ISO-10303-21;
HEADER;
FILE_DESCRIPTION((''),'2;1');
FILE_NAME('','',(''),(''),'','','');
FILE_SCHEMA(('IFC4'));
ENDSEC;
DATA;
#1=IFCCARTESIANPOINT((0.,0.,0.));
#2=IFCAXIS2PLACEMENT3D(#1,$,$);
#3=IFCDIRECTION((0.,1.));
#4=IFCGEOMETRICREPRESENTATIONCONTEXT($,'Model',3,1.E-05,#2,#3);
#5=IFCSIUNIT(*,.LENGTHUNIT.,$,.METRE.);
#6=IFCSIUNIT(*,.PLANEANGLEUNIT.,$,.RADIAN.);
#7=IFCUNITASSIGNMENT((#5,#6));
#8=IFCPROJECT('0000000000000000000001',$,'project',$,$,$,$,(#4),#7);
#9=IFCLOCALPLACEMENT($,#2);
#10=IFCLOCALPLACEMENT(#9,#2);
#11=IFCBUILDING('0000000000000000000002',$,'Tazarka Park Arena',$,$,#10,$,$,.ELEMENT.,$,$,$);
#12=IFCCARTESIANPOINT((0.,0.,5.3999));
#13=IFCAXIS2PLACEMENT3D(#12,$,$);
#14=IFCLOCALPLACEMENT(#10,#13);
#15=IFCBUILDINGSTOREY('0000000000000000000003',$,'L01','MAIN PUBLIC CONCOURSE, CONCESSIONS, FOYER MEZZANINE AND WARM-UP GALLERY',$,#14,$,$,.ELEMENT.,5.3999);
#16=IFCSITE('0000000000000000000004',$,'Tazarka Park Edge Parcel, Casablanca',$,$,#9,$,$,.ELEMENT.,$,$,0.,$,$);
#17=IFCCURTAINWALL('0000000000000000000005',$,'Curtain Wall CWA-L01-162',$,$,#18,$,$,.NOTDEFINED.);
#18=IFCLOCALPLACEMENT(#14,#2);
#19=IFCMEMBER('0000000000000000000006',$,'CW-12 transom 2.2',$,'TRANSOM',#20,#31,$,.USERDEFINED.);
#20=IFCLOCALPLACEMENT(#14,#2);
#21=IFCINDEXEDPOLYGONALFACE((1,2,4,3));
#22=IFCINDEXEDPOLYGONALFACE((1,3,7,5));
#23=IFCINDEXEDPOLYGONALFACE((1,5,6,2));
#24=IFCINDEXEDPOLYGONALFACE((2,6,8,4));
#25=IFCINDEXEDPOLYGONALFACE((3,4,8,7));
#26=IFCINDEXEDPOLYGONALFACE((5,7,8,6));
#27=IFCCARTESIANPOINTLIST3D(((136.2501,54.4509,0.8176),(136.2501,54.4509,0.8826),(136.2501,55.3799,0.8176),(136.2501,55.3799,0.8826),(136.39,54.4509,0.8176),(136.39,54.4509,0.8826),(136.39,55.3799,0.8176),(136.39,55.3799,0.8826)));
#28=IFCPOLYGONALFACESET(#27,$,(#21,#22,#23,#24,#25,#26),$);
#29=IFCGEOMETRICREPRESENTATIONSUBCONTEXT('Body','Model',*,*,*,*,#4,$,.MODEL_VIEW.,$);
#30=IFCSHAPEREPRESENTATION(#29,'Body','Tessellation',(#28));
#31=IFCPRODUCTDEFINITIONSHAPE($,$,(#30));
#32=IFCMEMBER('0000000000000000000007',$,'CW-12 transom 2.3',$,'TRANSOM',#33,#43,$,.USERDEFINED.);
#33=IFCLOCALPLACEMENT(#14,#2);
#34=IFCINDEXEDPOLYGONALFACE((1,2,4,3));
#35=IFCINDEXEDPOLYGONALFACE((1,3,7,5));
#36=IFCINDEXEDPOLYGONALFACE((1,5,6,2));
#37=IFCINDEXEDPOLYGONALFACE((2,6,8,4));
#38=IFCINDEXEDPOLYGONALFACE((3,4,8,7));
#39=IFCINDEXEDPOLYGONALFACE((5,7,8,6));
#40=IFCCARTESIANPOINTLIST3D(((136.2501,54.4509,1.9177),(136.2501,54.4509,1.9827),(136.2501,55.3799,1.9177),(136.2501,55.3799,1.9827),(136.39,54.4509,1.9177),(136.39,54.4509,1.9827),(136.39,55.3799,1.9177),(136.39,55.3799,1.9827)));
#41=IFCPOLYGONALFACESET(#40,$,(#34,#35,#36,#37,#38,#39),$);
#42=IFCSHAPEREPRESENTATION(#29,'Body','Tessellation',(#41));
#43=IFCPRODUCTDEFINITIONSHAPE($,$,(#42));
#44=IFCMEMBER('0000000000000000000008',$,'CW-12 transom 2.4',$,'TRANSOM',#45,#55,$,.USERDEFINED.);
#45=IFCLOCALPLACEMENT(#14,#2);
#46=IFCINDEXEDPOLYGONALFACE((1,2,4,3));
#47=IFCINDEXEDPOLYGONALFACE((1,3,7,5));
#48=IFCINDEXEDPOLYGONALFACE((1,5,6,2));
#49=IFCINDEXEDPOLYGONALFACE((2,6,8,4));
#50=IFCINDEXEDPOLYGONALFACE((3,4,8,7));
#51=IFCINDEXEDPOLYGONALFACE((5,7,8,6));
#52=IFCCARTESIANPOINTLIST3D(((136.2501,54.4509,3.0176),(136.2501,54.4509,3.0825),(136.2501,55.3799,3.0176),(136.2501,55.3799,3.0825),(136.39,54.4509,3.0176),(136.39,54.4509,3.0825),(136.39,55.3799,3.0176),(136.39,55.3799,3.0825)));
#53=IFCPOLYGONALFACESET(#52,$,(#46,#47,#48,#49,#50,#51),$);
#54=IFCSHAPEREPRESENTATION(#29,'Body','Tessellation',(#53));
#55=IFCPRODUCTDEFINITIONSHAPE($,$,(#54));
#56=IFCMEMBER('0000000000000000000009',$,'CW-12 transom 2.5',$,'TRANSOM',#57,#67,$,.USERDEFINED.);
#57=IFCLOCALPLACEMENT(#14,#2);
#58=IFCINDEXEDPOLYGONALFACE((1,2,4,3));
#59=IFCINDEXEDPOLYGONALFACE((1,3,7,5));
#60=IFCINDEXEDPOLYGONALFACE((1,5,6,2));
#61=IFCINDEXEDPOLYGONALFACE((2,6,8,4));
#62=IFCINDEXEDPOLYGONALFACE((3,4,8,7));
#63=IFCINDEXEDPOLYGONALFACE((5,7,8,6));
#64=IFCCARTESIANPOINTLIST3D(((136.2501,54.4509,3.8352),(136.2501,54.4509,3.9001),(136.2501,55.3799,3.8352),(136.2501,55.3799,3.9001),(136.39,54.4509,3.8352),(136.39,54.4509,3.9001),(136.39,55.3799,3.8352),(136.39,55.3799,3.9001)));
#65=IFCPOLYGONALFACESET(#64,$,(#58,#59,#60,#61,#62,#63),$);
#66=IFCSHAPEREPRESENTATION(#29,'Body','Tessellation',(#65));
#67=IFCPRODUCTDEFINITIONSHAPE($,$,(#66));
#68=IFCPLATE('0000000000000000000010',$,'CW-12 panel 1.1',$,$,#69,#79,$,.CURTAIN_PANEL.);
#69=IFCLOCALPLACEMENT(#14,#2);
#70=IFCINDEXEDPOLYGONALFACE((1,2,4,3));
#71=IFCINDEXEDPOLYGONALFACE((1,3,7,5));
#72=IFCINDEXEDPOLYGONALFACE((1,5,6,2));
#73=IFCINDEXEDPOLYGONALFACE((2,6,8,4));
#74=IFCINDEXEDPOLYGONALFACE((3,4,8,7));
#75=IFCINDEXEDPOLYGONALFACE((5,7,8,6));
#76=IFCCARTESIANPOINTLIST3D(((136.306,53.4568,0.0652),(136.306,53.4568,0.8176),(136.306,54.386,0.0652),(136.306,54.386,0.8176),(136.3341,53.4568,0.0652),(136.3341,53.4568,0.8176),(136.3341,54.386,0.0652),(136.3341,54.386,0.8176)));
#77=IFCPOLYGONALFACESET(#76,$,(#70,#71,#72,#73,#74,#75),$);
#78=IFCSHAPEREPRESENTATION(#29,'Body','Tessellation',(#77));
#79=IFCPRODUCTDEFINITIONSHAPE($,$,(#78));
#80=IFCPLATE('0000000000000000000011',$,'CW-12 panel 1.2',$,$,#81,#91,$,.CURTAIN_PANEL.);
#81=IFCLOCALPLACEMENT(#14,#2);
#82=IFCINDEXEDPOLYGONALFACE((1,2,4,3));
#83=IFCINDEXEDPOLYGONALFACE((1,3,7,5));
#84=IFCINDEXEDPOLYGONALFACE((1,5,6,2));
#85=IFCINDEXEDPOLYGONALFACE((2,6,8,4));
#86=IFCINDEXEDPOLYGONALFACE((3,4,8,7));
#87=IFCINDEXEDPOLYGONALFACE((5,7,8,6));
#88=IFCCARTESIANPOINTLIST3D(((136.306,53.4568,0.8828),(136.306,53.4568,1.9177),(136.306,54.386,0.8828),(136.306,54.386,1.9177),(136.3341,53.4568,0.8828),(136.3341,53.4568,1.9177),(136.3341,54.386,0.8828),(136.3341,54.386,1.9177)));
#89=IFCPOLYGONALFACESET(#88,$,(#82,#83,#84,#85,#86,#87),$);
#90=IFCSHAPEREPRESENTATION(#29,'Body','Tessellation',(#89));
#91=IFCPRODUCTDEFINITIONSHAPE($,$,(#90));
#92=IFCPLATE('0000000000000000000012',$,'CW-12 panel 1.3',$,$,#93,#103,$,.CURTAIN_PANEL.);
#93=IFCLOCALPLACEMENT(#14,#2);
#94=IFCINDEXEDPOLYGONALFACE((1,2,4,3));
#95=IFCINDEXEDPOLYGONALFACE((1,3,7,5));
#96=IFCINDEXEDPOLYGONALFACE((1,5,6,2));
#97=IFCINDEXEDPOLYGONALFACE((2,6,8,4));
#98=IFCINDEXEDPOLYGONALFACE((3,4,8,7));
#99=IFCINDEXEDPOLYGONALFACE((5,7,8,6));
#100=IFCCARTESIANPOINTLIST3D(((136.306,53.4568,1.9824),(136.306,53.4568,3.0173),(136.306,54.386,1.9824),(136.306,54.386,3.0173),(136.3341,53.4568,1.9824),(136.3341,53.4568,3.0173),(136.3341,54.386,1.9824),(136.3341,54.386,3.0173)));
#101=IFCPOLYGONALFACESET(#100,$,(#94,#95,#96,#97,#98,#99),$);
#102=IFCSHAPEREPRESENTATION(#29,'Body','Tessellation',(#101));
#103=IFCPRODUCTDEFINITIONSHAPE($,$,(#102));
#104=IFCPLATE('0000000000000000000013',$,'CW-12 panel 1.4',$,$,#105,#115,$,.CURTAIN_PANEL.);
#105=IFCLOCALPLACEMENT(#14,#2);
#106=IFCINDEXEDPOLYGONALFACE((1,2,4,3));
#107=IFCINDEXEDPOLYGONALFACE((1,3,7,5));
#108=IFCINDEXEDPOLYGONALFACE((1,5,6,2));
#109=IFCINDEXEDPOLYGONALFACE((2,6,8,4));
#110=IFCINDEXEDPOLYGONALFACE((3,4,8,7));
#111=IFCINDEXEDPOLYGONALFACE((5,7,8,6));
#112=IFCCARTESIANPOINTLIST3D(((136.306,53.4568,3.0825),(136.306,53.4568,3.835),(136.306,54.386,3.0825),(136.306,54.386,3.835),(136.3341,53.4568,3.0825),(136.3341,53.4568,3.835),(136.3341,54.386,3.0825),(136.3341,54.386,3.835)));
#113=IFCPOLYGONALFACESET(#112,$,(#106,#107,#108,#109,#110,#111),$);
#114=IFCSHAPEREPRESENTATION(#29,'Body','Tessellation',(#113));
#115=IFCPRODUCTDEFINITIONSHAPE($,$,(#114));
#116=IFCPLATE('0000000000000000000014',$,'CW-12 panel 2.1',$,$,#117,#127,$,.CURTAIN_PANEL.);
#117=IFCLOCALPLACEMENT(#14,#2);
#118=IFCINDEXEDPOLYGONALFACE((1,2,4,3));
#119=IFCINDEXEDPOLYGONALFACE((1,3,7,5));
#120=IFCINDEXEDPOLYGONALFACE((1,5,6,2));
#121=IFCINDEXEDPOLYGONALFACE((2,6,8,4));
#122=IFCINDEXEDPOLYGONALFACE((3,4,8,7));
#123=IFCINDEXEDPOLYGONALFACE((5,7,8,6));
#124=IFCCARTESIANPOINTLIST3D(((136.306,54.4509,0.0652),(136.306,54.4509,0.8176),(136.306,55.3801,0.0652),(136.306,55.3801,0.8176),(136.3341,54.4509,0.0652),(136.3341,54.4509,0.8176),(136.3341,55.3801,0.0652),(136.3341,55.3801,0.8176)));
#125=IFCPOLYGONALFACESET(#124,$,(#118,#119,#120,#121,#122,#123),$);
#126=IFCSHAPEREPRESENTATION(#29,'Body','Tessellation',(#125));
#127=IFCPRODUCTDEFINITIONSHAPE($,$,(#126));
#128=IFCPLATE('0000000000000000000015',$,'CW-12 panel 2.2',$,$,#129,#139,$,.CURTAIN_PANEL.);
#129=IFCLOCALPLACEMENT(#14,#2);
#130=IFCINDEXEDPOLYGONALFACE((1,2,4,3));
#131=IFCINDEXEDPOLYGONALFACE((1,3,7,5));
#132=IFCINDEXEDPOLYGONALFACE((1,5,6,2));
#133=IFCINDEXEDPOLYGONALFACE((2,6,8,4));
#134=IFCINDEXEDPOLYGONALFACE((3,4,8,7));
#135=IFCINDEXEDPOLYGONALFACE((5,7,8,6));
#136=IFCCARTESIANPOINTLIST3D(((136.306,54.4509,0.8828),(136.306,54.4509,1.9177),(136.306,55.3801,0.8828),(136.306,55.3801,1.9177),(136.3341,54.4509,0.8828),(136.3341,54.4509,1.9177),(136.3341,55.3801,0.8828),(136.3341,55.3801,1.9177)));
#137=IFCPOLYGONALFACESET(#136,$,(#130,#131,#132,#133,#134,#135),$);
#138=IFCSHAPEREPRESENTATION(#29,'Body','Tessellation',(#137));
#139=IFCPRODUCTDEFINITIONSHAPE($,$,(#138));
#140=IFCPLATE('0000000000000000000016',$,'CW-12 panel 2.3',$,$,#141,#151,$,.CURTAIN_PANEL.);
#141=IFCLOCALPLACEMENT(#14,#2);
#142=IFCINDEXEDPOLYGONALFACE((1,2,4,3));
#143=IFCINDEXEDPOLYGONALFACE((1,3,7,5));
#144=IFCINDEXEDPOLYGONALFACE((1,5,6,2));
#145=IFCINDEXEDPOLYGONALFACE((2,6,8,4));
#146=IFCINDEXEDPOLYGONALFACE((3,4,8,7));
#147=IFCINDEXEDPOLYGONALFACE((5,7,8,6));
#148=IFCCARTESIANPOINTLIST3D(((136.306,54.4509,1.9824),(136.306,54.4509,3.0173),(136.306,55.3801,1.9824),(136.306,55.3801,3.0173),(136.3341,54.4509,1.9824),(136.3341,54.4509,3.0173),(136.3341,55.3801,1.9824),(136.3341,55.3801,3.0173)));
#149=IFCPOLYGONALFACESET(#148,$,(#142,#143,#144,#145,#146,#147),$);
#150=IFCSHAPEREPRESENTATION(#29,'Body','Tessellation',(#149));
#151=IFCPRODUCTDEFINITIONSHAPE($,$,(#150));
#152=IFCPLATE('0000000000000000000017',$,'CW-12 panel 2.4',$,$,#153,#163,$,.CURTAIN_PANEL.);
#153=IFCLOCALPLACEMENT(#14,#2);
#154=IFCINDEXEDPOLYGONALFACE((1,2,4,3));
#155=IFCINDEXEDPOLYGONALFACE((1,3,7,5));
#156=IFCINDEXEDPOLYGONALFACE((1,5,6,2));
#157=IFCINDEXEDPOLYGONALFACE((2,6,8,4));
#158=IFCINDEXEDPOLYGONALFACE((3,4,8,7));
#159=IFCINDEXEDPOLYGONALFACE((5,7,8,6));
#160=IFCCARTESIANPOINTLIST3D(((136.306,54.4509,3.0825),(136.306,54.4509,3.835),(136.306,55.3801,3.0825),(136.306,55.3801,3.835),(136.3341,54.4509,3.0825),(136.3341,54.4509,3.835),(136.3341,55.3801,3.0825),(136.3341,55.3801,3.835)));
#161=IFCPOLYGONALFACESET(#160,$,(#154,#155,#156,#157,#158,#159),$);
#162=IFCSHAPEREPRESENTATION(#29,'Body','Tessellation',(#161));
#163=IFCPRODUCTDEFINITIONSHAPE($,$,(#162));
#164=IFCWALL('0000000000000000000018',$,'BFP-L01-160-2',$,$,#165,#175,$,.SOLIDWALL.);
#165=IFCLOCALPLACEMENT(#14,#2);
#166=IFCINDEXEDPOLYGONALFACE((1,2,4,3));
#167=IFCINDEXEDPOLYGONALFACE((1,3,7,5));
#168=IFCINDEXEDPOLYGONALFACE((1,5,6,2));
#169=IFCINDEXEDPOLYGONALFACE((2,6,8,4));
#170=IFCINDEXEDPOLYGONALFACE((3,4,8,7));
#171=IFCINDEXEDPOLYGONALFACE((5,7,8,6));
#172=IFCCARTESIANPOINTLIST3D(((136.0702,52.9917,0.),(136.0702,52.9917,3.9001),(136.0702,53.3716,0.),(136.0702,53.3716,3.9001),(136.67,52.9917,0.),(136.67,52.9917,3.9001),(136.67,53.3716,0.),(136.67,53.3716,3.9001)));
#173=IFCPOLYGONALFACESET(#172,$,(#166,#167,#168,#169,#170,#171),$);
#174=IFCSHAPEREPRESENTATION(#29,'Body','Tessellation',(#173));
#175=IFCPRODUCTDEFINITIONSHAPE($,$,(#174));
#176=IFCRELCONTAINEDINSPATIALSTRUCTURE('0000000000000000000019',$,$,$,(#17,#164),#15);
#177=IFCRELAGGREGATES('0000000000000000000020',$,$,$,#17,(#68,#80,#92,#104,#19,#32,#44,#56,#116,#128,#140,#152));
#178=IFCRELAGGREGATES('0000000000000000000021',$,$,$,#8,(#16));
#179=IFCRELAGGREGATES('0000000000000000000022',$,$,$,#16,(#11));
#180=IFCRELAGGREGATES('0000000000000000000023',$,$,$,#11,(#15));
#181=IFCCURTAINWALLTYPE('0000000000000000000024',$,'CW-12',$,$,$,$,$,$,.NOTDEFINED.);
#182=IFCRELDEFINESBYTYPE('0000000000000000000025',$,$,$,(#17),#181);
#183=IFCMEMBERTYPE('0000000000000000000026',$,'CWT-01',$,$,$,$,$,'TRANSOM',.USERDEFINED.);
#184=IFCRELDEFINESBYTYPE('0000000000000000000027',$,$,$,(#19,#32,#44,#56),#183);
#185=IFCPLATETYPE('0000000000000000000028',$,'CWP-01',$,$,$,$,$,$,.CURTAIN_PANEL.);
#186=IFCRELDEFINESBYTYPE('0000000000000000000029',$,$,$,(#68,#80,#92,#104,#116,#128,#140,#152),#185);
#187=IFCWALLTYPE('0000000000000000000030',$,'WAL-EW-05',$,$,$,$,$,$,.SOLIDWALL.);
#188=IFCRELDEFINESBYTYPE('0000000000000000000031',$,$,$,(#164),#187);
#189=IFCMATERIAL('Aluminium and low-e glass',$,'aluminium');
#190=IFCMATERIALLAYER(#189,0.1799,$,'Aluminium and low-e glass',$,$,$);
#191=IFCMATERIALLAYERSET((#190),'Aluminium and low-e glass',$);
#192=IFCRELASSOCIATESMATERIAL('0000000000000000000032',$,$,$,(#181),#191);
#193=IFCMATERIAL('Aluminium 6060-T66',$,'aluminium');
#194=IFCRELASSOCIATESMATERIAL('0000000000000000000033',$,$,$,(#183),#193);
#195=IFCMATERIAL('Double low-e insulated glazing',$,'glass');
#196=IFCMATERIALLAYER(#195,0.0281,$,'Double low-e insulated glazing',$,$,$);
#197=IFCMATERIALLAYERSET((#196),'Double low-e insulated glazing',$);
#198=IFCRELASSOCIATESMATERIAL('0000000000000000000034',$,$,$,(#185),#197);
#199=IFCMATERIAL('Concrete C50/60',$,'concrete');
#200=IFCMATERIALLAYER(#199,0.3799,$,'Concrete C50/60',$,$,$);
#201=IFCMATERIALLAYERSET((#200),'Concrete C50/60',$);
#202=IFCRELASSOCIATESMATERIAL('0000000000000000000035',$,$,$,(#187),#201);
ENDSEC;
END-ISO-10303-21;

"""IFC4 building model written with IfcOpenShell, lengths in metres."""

from ifc_helpers import new_model, si_unit, direction, frame, frame_2d, origin, origin_2d, place, context, subcontext, project, spatial, rectangle, extrude, material, layer, layer_set, material_profile, profile_set, type_object, element, aggregate, save


model = new_model("IFC4")

# Units and contexts
model_context = context("Model", 3, precision=1e-05, world=origin(), true_north=direction((0.0, 1.0)))
body_context = subcontext(model_context, "Body", "Model", "MODEL_VIEW")
ifc_project = project(units=[si_unit("LENGTHUNIT", "METRE"), si_unit("PLANEANGLEUNIT", "RADIAN")], contexts=[model_context])

# Site, building, storey
site_placement = place(None, origin())
site = spatial("IfcSite", under=ifc_project, at=site_placement, Name="Tazarka Park Edge Parcel, Casablanca", CompositionType="ELEMENT", RefElevation=0.0)
building_placement = place(site_placement, origin())
building = spatial("IfcBuilding", under=site, at=building_placement, Name="Tazarka Park Arena", CompositionType="ELEMENT")
storey_placement = place(building_placement, frame((0.0, 0.0, 5.3999)))
storey = spatial("IfcBuildingStorey", under=building, at=storey_placement, Name="L01", Description="MAIN PUBLIC CONCOURSE, CONCESSIONS, FOYER MEZZANINE AND WARM-UP GALLERY", CompositionType="ELEMENT", Elevation=5.3999)

# Curtain wall
ifc_material_1 = material(Name="Aluminium and low-e glass", Category="aluminium")
ifc_layer_1 = layer(ifc_material_1, 0.1799, Name="Aluminium and low-e glass")
ifc_layer_set_1 = layer_set([ifc_layer_1], Name="Aluminium and low-e glass")
curtain_wall_type_1 = type_object("IfcCurtainWallType", Name="CW-12", PredefinedType="NOTDEFINED", material=ifc_layer_set_1)
curtain_wall_1_placement = place(storey_placement, origin())
curtain_wall_1 = element("IfcCurtainWall", 1, at=curtain_wall_1_placement, inside=storey, type_object=curtain_wall_type_1, Name="Curtain Wall CWA-L01-162", PredefinedType="NOTDEFINED")

# Members
ifc_material_2 = material(Name="Aluminium 6060-T66", Category="aluminium")
ifc_material_profile_1 = material_profile(ifc_material_2, rectangle(XDim=0.1399, YDim=0.0649, at=origin_2d()), Name="Aluminium 6060-T66")
ifc_profile_set_1 = profile_set([ifc_material_profile_1], Name="Aluminium 6060-T66")
member_type_1 = type_object("IfcMemberType", Name="CWT-01", ElementType="TRANSOM", PredefinedType="USERDEFINED", material=ifc_profile_set_1)
member_1_placement = place(storey_placement, frame((136.3201, 54.4509, 0.8501), z_axis=(0.0, 1.0, 0.0), x_axis=(-1.0, 0.0, 0.0)))
member_1 = element("IfcMember", 2, at=member_1_placement, type_object=member_type_1, Name="CW-12 transom 2.2", ObjectType="TRANSOM", PredefinedType="USERDEFINED", context=body_context, shape_type="SweptSolid", body=[
    extrude(rectangle(XDim=0.1399, YDim=0.0649, at=origin_2d()), origin(), (0.0, 0.0, 1.0), 0.929),
])
member_2_placement = place(storey_placement, frame((136.3201, 54.4509, 1.9502), z_axis=(0.0, 1.0, 0.0), x_axis=(-1.0, 0.0, 0.0)))
member_2 = element("IfcMember", 3, at=member_2_placement, type_object=member_type_1, Name="CW-12 transom 2.3", ObjectType="TRANSOM", PredefinedType="USERDEFINED", context=body_context, shape_type="SweptSolid", body=[
    extrude(rectangle(XDim=0.1399, YDim=0.0649, at=origin_2d()), origin(), (0.0, 0.0, 1.0), 0.929),
])
member_3_placement = place(storey_placement, frame((136.3201, 54.4509, 3.05), z_axis=(0.0, 1.0, 0.0), x_axis=(-1.0, 0.0, 0.0)))
member_3 = element("IfcMember", 4, at=member_3_placement, type_object=member_type_1, Name="CW-12 transom 2.4", ObjectType="TRANSOM", PredefinedType="USERDEFINED", context=body_context, shape_type="SweptSolid", body=[
    extrude(rectangle(XDim=0.1399, YDim=0.0649, at=origin_2d()), origin(), (0.0, 0.0, 1.0), 0.929),
])
member_4_placement = place(storey_placement, frame((136.3201, 54.4509, 3.8677), z_axis=(0.0, 1.0, 0.0), x_axis=(-1.0, 0.0, 0.0)))
member_4 = element("IfcMember", 5, at=member_4_placement, type_object=member_type_1, Name="CW-12 transom 2.5", ObjectType="TRANSOM", PredefinedType="USERDEFINED", context=body_context, shape_type="SweptSolid", body=[
    extrude(rectangle(XDim=0.1399, YDim=0.0649, at=origin_2d()), origin(), (0.0, 0.0, 1.0), 0.929),
])

# Plates
ifc_material_3 = material(Name="Double low-e insulated glazing", Category="glass")
ifc_layer_2 = layer(ifc_material_3, 0.0281, Name="Double low-e insulated glazing")
ifc_layer_set_2 = layer_set([ifc_layer_2], Name="Double low-e insulated glazing")
plate_type = type_object("IfcPlateType", Name="CWP-01", PredefinedType="CURTAIN_PANEL", material=ifc_layer_set_2)
plate_1_placement = place(storey_placement, frame((136.3201, 53.9214, 0.0652), z_axis=(0.0, 0.0, 1.0), x_axis=(0.0, 1.0, 0.0)))
plate_1 = element("IfcPlate", 6, at=plate_1_placement, type_object=plate_type, Name="CW-12 panel 1.1", PredefinedType="CURTAIN_PANEL", context=body_context, shape_type="SweptSolid", body=[
    extrude(rectangle(XDim=0.9292, YDim=0.0281, at=origin_2d()), origin(), (0.0, 0.0, 1.0), 0.7524),
])
plate_2_placement = place(storey_placement, frame((136.3201, 53.9214, 0.8828), z_axis=(0.0, 0.0, 1.0), x_axis=(0.0, 1.0, 0.0)))
plate_2 = element("IfcPlate", 7, at=plate_2_placement, type_object=plate_type, Name="CW-12 panel 1.2", PredefinedType="CURTAIN_PANEL", context=body_context, shape_type="SweptSolid", body=[
    extrude(rectangle(XDim=0.9292, YDim=0.0281, at=origin_2d()), origin(), (0.0, 0.0, 1.0), 1.0349),
])
plate_3_placement = place(storey_placement, frame((136.3201, 53.9214, 1.9824), z_axis=(0.0, 0.0, 1.0), x_axis=(0.0, 1.0, 0.0)))
plate_3 = element("IfcPlate", 8, at=plate_3_placement, type_object=plate_type, Name="CW-12 panel 1.3", PredefinedType="CURTAIN_PANEL", context=body_context, shape_type="SweptSolid", body=[
    extrude(rectangle(XDim=0.9292, YDim=0.0281, at=origin_2d()), origin(), (0.0, 0.0, 1.0), 1.0349),
])
plate_4_placement = place(storey_placement, frame((136.3201, 53.9214, 3.0825), z_axis=(0.0, 0.0, 1.0), x_axis=(0.0, 1.0, 0.0)))
plate_4 = element("IfcPlate", 9, at=plate_4_placement, type_object=plate_type, Name="CW-12 panel 1.4", PredefinedType="CURTAIN_PANEL", context=body_context, shape_type="SweptSolid", body=[
    extrude(rectangle(XDim=0.9292, YDim=0.0281, at=origin_2d()), origin(), (0.0, 0.0, 1.0), 0.7524),
])
plate_5_placement = place(storey_placement, frame((136.3201, 54.9155, 0.0652), z_axis=(0.0, 0.0, 1.0), x_axis=(0.0, 1.0, 0.0)))
plate_5 = element("IfcPlate", 10, at=plate_5_placement, type_object=plate_type, Name="CW-12 panel 2.1", PredefinedType="CURTAIN_PANEL", context=body_context, shape_type="SweptSolid", body=[
    extrude(rectangle(XDim=0.9292, YDim=0.0281, at=origin_2d()), origin(), (0.0, 0.0, 1.0), 0.7524),
])
plate_6_placement = place(storey_placement, frame((136.3201, 54.9155, 0.8828), z_axis=(0.0, 0.0, 1.0), x_axis=(0.0, 1.0, 0.0)))
plate_6 = element("IfcPlate", 11, at=plate_6_placement, type_object=plate_type, Name="CW-12 panel 2.2", PredefinedType="CURTAIN_PANEL", context=body_context, shape_type="SweptSolid", body=[
    extrude(rectangle(XDim=0.9292, YDim=0.0281, at=origin_2d()), origin(), (0.0, 0.0, 1.0), 1.0349),
])
plate_7_placement = place(storey_placement, frame((136.3201, 54.9155, 1.9824), z_axis=(0.0, 0.0, 1.0), x_axis=(0.0, 1.0, 0.0)))
plate_7 = element("IfcPlate", 12, at=plate_7_placement, type_object=plate_type, Name="CW-12 panel 2.3", PredefinedType="CURTAIN_PANEL", context=body_context, shape_type="SweptSolid", body=[
    extrude(rectangle(XDim=0.9292, YDim=0.0281, at=origin_2d()), origin(), (0.0, 0.0, 1.0), 1.0349),
])
plate_8_placement = place(storey_placement, frame((136.3201, 54.9155, 3.0825), z_axis=(0.0, 0.0, 1.0), x_axis=(0.0, 1.0, 0.0)))
plate_8 = element("IfcPlate", 13, at=plate_8_placement, type_object=plate_type, Name="CW-12 panel 2.4", PredefinedType="CURTAIN_PANEL", context=body_context, shape_type="SweptSolid", body=[
    extrude(rectangle(XDim=0.9292, YDim=0.0281, at=origin_2d()), origin(), (0.0, 0.0, 1.0), 0.7524),
])
aggregate(curtain_wall_1, [plate_1, plate_2, plate_3, plate_4, member_1, member_2, member_3, member_4, plate_5, plate_6, plate_7, plate_8])

# Wall
ifc_material_4 = material(Name="Concrete C50/60", Category="concrete")
ifc_layer_3 = layer(ifc_material_4, 0.3799, Name="Concrete C50/60")
ifc_layer_set_3 = layer_set([ifc_layer_3], Name="Concrete C50/60")
wall_type = type_object("IfcWallType", Name="WAL-EW-05", PredefinedType="SOLIDWALL", material=ifc_layer_set_3)
wall_placement = place(storey_placement, frame((136.6699, 53.1816, 0.0), z_axis=(0.0, 0.0, 1.0), x_axis=(-1.0, 0.0, 0.0)))
element("IfcWall", 14, at=wall_placement, inside=storey, type_object=wall_type, Name="BFP-L01-160-2", PredefinedType="SOLIDWALL", context=body_context, shape_type="SweptSolid", body=[
    extrude(rectangle(XDim=0.5999, YDim=0.3799, at=frame_2d((0.2998, 0.0))), origin(), (0.0, 0.0, 1.0), 3.9001),
])

save(model, "model.ifc")
